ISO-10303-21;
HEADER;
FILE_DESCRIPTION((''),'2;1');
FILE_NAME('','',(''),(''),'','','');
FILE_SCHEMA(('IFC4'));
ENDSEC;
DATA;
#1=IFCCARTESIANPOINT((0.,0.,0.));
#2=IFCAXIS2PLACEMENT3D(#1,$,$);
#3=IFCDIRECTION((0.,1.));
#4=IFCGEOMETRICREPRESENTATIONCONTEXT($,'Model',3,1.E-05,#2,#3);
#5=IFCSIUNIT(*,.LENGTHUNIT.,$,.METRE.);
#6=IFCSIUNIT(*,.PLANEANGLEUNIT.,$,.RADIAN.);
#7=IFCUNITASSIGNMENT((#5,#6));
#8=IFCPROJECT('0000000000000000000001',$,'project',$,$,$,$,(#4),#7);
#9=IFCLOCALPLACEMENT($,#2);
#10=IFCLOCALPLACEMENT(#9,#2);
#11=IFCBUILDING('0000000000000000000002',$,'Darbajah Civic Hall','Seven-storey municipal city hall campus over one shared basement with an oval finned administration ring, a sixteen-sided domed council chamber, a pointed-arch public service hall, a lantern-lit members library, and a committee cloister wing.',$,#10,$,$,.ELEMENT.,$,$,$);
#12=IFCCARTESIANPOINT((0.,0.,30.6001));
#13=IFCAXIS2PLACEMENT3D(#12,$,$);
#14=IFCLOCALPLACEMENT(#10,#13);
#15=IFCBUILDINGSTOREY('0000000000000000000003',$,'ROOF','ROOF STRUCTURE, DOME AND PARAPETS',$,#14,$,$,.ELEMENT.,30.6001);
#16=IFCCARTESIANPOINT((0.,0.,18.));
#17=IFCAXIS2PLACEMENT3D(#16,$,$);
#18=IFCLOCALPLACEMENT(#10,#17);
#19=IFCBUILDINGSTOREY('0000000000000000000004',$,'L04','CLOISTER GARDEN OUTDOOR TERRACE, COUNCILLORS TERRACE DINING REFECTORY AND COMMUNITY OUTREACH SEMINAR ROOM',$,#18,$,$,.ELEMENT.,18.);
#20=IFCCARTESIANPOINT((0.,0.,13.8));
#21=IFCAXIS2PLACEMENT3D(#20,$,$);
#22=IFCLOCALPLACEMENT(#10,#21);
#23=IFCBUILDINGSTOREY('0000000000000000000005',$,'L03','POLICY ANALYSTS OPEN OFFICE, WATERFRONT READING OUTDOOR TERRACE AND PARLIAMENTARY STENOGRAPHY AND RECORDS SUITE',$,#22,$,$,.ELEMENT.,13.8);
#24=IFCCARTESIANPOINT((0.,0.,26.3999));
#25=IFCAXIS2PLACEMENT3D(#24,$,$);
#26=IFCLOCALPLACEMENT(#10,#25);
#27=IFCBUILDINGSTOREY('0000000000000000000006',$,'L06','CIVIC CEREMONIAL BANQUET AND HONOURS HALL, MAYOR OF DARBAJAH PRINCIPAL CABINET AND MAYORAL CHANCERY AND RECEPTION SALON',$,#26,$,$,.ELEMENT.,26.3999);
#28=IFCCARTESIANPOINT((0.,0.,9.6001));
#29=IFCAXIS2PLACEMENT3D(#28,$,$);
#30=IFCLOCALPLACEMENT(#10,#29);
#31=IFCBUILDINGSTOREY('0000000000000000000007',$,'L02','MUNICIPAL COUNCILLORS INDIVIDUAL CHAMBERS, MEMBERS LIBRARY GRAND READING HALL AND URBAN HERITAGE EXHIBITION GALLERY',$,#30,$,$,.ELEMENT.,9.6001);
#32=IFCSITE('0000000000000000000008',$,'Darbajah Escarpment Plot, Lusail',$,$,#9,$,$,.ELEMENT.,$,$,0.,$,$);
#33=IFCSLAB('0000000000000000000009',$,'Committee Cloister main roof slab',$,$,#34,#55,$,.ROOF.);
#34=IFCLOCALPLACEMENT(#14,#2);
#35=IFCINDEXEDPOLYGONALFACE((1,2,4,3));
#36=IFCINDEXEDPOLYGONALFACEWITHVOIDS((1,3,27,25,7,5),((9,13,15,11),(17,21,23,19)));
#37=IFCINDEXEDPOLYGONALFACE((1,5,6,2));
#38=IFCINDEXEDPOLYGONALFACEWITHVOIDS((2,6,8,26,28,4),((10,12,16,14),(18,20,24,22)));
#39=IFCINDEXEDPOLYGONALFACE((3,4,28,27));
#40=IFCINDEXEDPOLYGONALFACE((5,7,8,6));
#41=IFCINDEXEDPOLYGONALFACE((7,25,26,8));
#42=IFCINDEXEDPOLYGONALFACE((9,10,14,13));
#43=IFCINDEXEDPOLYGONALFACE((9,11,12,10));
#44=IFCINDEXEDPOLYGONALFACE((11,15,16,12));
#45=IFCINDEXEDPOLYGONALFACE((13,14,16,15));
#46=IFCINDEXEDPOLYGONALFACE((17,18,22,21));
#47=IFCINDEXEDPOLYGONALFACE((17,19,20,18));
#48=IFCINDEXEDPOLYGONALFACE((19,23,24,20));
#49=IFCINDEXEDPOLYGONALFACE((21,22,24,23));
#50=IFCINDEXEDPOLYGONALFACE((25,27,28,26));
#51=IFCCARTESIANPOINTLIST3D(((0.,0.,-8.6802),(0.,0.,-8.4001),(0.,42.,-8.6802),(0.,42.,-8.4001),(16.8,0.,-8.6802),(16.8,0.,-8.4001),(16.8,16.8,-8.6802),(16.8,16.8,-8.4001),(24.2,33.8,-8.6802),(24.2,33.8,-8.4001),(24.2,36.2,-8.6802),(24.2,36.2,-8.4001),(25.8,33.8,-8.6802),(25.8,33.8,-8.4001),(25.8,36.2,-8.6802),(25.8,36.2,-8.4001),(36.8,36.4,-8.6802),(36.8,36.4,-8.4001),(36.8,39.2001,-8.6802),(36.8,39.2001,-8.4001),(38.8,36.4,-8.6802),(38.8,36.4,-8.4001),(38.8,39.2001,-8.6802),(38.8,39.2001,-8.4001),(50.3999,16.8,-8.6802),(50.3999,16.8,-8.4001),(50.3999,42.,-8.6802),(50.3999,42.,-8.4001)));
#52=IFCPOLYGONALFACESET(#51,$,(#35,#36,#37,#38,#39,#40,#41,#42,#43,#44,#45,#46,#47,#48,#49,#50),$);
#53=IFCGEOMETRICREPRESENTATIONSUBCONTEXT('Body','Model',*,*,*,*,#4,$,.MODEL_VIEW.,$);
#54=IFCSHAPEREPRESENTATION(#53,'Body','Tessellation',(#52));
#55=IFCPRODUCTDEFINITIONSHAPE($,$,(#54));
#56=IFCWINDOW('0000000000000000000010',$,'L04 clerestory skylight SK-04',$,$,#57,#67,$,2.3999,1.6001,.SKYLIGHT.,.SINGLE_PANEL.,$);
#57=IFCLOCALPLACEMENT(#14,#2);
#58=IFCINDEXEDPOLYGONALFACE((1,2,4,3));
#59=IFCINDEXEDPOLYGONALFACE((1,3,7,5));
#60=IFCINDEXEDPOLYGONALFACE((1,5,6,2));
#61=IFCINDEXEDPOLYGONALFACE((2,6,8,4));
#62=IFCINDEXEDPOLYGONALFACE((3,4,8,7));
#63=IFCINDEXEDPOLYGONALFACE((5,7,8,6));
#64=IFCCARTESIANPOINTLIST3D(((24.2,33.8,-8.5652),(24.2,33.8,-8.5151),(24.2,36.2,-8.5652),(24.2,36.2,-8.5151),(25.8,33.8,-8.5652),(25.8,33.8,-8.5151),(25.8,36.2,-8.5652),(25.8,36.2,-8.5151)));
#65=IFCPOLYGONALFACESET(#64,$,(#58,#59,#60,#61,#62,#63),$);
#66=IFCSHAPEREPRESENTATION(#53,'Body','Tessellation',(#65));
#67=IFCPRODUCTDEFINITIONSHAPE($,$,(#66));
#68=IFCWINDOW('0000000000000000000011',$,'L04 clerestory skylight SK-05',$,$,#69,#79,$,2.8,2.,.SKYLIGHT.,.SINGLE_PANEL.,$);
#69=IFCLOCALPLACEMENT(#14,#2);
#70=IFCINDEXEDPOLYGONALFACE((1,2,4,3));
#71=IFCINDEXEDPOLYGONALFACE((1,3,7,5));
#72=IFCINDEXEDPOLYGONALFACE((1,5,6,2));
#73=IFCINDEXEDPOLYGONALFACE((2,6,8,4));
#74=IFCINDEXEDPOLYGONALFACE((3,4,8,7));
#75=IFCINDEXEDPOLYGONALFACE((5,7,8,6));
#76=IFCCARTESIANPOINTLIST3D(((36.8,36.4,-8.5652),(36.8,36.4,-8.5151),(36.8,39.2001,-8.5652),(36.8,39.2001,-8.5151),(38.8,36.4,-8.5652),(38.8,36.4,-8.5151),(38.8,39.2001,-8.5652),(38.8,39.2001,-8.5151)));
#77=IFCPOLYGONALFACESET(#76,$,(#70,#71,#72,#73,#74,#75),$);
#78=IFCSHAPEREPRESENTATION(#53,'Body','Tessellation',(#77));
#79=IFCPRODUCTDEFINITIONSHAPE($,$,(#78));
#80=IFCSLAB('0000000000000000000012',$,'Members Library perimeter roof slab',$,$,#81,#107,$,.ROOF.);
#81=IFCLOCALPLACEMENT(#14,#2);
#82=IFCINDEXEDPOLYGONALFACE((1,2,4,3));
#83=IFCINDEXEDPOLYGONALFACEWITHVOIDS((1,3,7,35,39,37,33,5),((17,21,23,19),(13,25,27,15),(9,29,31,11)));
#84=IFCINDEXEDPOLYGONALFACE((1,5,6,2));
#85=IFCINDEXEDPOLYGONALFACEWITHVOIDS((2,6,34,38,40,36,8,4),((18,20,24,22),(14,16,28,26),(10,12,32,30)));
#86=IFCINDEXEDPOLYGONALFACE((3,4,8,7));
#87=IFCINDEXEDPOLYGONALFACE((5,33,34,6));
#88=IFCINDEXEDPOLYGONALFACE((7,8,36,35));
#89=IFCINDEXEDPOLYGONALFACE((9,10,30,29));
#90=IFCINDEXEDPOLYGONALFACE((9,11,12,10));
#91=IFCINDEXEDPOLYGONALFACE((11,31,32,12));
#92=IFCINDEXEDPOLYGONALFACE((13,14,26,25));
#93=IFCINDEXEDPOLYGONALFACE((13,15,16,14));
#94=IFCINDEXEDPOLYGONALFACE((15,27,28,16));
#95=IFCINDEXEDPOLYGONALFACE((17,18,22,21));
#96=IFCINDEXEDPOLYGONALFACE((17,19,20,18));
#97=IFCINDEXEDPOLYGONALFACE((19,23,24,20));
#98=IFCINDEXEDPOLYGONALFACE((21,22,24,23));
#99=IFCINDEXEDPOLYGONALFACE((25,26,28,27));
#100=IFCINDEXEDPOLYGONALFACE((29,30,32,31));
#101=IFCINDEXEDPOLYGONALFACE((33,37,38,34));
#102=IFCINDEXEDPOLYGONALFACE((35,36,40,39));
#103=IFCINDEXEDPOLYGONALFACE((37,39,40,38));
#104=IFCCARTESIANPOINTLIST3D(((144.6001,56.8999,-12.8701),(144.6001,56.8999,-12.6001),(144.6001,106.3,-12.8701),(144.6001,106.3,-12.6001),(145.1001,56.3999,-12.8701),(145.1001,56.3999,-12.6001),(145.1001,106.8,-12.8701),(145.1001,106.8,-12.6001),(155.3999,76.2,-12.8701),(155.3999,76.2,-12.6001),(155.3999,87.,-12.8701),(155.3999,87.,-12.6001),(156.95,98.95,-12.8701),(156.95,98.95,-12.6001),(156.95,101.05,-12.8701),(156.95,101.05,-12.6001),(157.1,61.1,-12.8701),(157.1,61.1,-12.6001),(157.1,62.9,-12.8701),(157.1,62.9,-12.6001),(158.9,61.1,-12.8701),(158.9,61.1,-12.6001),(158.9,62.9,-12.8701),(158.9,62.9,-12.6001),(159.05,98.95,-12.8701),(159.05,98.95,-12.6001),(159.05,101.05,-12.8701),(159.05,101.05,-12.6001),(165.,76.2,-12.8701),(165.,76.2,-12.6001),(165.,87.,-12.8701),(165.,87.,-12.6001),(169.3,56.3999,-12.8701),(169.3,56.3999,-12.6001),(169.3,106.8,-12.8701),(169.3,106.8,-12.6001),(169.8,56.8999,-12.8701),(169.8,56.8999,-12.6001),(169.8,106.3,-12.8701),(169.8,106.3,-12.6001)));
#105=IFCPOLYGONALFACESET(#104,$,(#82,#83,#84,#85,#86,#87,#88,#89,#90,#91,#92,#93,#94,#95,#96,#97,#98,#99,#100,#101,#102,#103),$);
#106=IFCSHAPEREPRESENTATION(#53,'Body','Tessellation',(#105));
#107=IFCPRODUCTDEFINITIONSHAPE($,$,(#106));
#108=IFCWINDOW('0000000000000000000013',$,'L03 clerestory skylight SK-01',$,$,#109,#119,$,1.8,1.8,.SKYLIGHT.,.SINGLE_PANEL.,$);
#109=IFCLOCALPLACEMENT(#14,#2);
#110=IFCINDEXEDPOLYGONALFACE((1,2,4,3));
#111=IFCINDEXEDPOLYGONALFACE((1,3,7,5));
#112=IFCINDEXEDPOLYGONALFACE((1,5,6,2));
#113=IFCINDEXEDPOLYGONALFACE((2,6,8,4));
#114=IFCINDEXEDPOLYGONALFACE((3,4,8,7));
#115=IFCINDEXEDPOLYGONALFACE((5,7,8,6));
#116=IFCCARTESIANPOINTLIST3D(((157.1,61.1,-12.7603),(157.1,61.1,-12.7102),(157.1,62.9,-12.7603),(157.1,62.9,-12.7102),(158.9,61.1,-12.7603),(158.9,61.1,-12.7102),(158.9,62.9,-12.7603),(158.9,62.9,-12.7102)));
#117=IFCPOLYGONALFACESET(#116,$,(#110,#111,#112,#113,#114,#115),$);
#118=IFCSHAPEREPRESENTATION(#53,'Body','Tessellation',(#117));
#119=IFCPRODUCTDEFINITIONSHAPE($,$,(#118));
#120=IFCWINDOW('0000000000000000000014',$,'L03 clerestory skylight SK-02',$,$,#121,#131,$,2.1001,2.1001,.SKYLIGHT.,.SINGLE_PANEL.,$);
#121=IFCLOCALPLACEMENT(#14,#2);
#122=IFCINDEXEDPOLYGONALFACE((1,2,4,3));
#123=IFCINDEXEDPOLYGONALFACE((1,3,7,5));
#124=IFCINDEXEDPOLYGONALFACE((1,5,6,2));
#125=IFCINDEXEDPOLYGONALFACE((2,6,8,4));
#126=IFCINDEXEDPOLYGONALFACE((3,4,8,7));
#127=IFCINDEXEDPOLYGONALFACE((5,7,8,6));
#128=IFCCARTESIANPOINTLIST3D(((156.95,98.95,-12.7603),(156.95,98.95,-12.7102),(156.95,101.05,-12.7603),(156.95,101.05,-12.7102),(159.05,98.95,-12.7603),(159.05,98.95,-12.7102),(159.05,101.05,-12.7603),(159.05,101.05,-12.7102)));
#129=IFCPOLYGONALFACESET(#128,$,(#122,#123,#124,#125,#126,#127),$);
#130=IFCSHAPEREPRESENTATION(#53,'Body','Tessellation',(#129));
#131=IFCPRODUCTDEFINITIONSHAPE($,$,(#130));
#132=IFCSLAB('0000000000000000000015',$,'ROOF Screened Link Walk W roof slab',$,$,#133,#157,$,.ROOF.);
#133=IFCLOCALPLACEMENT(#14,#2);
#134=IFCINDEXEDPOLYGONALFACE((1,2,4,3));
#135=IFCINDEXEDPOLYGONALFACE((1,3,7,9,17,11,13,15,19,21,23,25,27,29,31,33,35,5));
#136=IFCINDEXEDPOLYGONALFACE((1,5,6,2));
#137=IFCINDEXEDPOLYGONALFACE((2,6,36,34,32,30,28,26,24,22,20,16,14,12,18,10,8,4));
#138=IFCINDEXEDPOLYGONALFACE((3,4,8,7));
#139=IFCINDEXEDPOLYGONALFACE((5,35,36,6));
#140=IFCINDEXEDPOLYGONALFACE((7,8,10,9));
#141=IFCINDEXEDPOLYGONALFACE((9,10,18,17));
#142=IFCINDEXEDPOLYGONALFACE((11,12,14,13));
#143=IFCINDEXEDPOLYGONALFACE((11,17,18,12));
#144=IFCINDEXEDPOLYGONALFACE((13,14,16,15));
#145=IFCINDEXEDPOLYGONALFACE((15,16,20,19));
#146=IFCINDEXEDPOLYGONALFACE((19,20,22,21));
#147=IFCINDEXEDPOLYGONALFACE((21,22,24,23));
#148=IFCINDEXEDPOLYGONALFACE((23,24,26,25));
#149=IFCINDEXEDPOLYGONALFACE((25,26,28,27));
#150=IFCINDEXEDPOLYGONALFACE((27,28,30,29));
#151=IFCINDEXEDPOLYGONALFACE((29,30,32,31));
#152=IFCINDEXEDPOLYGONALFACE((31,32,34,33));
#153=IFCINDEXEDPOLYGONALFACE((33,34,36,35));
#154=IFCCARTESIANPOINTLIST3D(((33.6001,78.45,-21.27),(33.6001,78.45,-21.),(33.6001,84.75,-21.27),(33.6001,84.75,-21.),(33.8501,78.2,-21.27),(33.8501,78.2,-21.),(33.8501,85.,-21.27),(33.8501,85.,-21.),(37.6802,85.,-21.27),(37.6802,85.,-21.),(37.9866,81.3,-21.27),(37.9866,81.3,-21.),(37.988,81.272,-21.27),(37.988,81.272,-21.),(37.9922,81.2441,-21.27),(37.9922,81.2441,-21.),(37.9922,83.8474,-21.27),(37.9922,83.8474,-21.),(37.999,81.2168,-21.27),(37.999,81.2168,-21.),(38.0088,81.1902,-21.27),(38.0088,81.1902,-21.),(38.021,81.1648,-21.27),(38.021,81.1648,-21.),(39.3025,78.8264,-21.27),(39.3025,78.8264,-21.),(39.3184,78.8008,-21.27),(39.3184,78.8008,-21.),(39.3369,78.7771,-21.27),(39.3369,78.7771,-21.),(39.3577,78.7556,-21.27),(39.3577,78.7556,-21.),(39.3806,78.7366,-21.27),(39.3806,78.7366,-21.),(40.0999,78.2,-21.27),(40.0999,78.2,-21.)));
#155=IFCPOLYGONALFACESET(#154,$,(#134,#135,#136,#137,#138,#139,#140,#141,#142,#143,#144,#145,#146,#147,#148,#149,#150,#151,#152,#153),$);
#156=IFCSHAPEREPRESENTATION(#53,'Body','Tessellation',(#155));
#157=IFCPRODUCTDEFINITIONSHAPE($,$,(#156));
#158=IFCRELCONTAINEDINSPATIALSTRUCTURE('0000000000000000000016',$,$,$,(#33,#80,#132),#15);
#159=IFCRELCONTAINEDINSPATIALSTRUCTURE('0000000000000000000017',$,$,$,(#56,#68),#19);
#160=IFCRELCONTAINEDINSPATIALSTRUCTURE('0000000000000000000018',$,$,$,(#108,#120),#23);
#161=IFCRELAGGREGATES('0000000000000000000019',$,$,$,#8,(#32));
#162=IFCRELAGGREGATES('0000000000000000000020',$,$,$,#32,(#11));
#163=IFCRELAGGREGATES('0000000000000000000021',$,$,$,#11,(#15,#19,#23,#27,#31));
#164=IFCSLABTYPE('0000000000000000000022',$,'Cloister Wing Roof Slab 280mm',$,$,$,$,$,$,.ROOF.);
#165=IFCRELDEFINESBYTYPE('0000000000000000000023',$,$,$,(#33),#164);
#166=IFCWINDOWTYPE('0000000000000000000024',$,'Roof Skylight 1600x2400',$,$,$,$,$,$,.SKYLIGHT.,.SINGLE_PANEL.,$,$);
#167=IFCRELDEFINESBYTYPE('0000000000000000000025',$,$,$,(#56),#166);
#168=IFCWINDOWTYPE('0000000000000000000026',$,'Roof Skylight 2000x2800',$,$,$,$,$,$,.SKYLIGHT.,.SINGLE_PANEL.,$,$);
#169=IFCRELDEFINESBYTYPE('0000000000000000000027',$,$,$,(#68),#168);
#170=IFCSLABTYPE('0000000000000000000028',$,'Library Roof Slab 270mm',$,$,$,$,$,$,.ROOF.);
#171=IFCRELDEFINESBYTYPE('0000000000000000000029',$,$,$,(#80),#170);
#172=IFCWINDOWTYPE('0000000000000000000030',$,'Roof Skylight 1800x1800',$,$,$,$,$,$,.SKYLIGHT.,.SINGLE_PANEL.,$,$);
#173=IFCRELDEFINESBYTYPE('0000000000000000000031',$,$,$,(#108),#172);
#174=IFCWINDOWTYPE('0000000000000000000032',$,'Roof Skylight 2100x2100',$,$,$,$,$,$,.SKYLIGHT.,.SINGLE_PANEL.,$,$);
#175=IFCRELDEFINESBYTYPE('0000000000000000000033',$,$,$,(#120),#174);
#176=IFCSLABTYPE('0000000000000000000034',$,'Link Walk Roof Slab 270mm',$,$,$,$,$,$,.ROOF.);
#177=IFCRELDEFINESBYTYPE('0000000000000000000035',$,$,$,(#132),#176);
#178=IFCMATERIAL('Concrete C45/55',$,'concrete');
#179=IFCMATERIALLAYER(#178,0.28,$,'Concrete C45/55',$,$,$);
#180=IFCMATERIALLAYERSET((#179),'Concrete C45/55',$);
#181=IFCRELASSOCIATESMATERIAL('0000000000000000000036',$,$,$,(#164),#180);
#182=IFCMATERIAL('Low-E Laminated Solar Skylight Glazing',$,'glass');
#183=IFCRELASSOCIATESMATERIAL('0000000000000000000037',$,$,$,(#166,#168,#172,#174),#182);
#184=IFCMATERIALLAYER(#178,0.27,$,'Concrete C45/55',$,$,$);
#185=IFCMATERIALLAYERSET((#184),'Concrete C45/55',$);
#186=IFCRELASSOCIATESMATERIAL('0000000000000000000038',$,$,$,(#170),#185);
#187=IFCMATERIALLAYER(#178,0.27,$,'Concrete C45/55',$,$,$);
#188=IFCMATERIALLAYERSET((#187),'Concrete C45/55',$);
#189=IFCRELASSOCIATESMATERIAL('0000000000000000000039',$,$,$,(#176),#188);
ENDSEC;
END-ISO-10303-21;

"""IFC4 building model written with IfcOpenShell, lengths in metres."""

from ifc_helpers import new_model, si_unit, direction, frame, origin, origin_2d, place, context, subcontext, project, spatial, polyline, rectangle, outline, extrude, material, layer, layer_set, type_object, element, fill, save


model = new_model("IFC4")

# Units and contexts
model_context = context("Model", 3, precision=1e-05, world=origin(), true_north=direction((0.0, 1.0)))
body_context = subcontext(model_context, "Body", "Model", "MODEL_VIEW")
ifc_project = project(units=[si_unit("LENGTHUNIT", "METRE"), si_unit("PLANEANGLEUNIT", "RADIAN")], contexts=[model_context])

# Site, building, storey
site_placement = place(None, origin())
site = spatial("IfcSite", under=ifc_project, at=site_placement, Name="Darbajah Escarpment Plot, Lusail", CompositionType="ELEMENT", RefElevation=0.0)
building_placement = place(site_placement, origin())
building = spatial("IfcBuilding", under=site, at=building_placement, Name="Darbajah Civic Hall", Description="Seven-storey municipal city hall campus over one shared basement with an oval finned administration ring, a sixteen-sided domed council chamber, a pointed-arch public service hall, a lantern-lit members library, and a committee cloister wing.", CompositionType="ELEMENT")
storey_1_placement = place(building_placement, frame((0.0, 0.0, 30.6001)))
storey_1 = spatial("IfcBuildingStorey", under=building, at=storey_1_placement, Name="ROOF", Description="ROOF STRUCTURE, DOME AND PARAPETS", CompositionType="ELEMENT", Elevation=30.6001)

# Slab, openings
ifc_material_1 = material(Name="Concrete C45/55", Category="concrete")
ifc_layer_1 = layer(ifc_material_1, 0.28, Name="Concrete C45/55")
ifc_layer_set_1 = layer_set([ifc_layer_1], Name="Concrete C45/55")
slab_type_1 = type_object("IfcSlabType", Name="Cloister Wing Roof Slab 280mm", PredefinedType="ROOF", material=ifc_layer_set_1)
slab_1_placement = place(storey_1_placement, frame((0.0, 0.0, -8.6802)))
slab_1 = element("IfcSlab", 1, at=slab_1_placement, inside=storey_1, type_object=slab_type_1, Name="Committee Cloister main roof slab", PredefinedType="ROOF", context=body_context, shape_type="SweptSolid", body=[
    extrude(outline(polyline([(0.0, 0.0), (16.8, 0.0), (16.8, 16.8), (50.3999, 16.8), (50.3999, 42.0), (0.0, 42.0), (0.0, 0.0)])), origin(), (0.0, 0.0, 1.0), 0.28),
])
opening_1_placement = place(slab_1_placement, frame((25.0, 35.0, 0.0)))
opening_1 = element("IfcOpeningElement", 2, at=opening_1_placement, cuts=slab_1, PredefinedType="OPENING", context=body_context, shape_type="SweptSolid", body=[
    extrude(rectangle(XDim=1.6001, YDim=2.3999, at=origin_2d()), frame((0.0, 0.0, -0.01)), (0.0, 0.0, 1.0), 0.3),
])
opening_2_placement = place(slab_1_placement, frame((37.8, 37.8, 0.0)))
opening_2 = element("IfcOpeningElement", 3, at=opening_2_placement, cuts=slab_1, PredefinedType="OPENING", context=body_context, shape_type="SweptSolid", body=[
    extrude(rectangle(XDim=2.0, YDim=2.8, at=origin_2d()), frame((0.0, 0.0, -0.01)), (0.0, 0.0, 1.0), 0.3),
])

# Shared definitions
storey_2_placement = place(building_placement, frame((0.0, 0.0, 18.0)))
storey_2 = spatial("IfcBuildingStorey", under=building, at=storey_2_placement, Name="L04", Description="CLOISTER GARDEN OUTDOOR TERRACE, COUNCILLORS TERRACE DINING REFECTORY AND COMMUNITY OUTREACH SEMINAR ROOM", CompositionType="ELEMENT", Elevation=18.0)

# Windows
ifc_material_2 = material(Name="Low-E Laminated Solar Skylight Glazing", Category="glass")
window_type_1 = type_object("IfcWindowType", Name="Roof Skylight 1600x2400", PartitioningType="SINGLE_PANEL", PredefinedType="SKYLIGHT", material=ifc_material_2)
window_1_placement = place(opening_1_placement, frame((0.0, 0.0, 0.115)))
window_1 = element("IfcWindow", 4, at=window_1_placement, inside=storey_2, type_object=window_type_1, Name="L04 clerestory skylight SK-04", OverallHeight=2.3999, OverallWidth=1.6001, PartitioningType="SINGLE_PANEL", PredefinedType="SKYLIGHT", context=body_context, shape_type="SweptSolid", body=[
    extrude(rectangle(XDim=1.6001, YDim=2.3999, at=origin_2d()), origin(), (0.0, 0.0, 1.0), 0.05),
])
fill(opening_1, window_1)
window_type_2 = type_object("IfcWindowType", Name="Roof Skylight 2000x2800", PartitioningType="SINGLE_PANEL", PredefinedType="SKYLIGHT", material=ifc_material_2)
window_2_placement = place(opening_2_placement, frame((0.0, 0.0, 0.115)))
window_2 = element("IfcWindow", 5, at=window_2_placement, inside=storey_2, type_object=window_type_2, Name="L04 clerestory skylight SK-05", OverallHeight=2.8, OverallWidth=2.0, PartitioningType="SINGLE_PANEL", PredefinedType="SKYLIGHT", context=body_context, shape_type="SweptSolid", body=[
    extrude(rectangle(XDim=2.0, YDim=2.8, at=origin_2d()), origin(), (0.0, 0.0, 1.0), 0.05),
])
fill(opening_2, window_2)

# Slab, openings
ifc_layer_2 = layer(ifc_material_1, 0.27, Name="Concrete C45/55")
ifc_layer_set_2 = layer_set([ifc_layer_2], Name="Concrete C45/55")
slab_type_2 = type_object("IfcSlabType", Name="Library Roof Slab 270mm", PredefinedType="ROOF", material=ifc_layer_set_2)
slab_2_placement = place(storey_1_placement, frame((0.0, 0.0, -12.8701)))
slab_2 = element("IfcSlab", 6, at=slab_2_placement, inside=storey_1, type_object=slab_type_2, Name="Members Library perimeter roof slab", PredefinedType="ROOF", context=body_context, shape_type="SweptSolid", body=[
    extrude(outline(polyline([(145.1001, 56.3999), (169.3, 56.3999), (169.8, 56.8999), (169.8, 106.3), (169.3, 106.8), (145.1001, 106.8), (144.6001, 106.3), (144.6001, 56.8999), (145.1001, 56.3999)]), holes=[polyline([(155.3999, 87.0), (165.0, 87.0), (165.0, 76.2), (155.3999, 76.2), (155.3999, 87.0)])]), origin(), (0.0, 0.0, 1.0), 0.27),
])
opening_3_placement = place(slab_2_placement, frame((158.0, 62.0, 0.0)))
opening_3 = element("IfcOpeningElement", 7, at=opening_3_placement, cuts=slab_2, PredefinedType="OPENING", context=body_context, shape_type="SweptSolid", body=[
    extrude(rectangle(XDim=1.8, YDim=1.8, at=origin_2d()), frame((0.0, 0.0, -0.01)), (0.0, 0.0, 1.0), 0.29),
])
opening_4_placement = place(slab_2_placement, frame((158.0, 100.0, 0.0)))
opening_4 = element("IfcOpeningElement", 8, at=opening_4_placement, cuts=slab_2, PredefinedType="OPENING", context=body_context, shape_type="SweptSolid", body=[
    extrude(rectangle(XDim=2.1001, YDim=2.1001, at=origin_2d()), frame((0.0, 0.0, -0.01)), (0.0, 0.0, 1.0), 0.29),
])

# Shared definitions
storey_3_placement = place(building_placement, frame((0.0, 0.0, 13.8)))
storey_3 = spatial("IfcBuildingStorey", under=building, at=storey_3_placement, Name="L03", Description="POLICY ANALYSTS OPEN OFFICE, WATERFRONT READING OUTDOOR TERRACE AND PARLIAMENTARY STENOGRAPHY AND RECORDS SUITE", CompositionType="ELEMENT", Elevation=13.8)

# Windows
window_type_3 = type_object("IfcWindowType", Name="Roof Skylight 1800x1800", PartitioningType="SINGLE_PANEL", PredefinedType="SKYLIGHT", material=ifc_material_2)
window_3_placement = place(opening_3_placement, frame((0.0, 0.0, 0.1099)))
window_3 = element("IfcWindow", 9, at=window_3_placement, inside=storey_3, type_object=window_type_3, Name="L03 clerestory skylight SK-01", OverallHeight=1.8, OverallWidth=1.8, PartitioningType="SINGLE_PANEL", PredefinedType="SKYLIGHT", context=body_context, shape_type="SweptSolid", body=[
    extrude(rectangle(XDim=1.8, YDim=1.8, at=origin_2d()), origin(), (0.0, 0.0, 1.0), 0.05),
])
fill(opening_3, window_3)
window_type_4 = type_object("IfcWindowType", Name="Roof Skylight 2100x2100", PartitioningType="SINGLE_PANEL", PredefinedType="SKYLIGHT", material=ifc_material_2)
window_4_placement = place(opening_4_placement, frame((0.0, 0.0, 0.1099)))
window_4 = element("IfcWindow", 10, at=window_4_placement, inside=storey_3, type_object=window_type_4, Name="L03 clerestory skylight SK-02", OverallHeight=2.1001, OverallWidth=2.1001, PartitioningType="SINGLE_PANEL", PredefinedType="SKYLIGHT", context=body_context, shape_type="SweptSolid", body=[
    extrude(rectangle(XDim=2.1001, YDim=2.1001, at=origin_2d()), origin(), (0.0, 0.0, 1.0), 0.05),
])
fill(opening_4, window_4)

# Slab
ifc_layer_3 = layer(ifc_material_1, 0.27, Name="Concrete C45/55")
ifc_layer_set_3 = layer_set([ifc_layer_3], Name="Concrete C45/55")
slab_type_3 = type_object("IfcSlabType", Name="Link Walk Roof Slab 270mm", PredefinedType="ROOF", material=ifc_layer_set_3)
slab_3_placement = place(storey_1_placement, frame((0.0, 0.0, -21.27)))
element("IfcSlab", 11, at=slab_3_placement, inside=storey_1, type_object=slab_type_3, Name="ROOF Screened Link Walk W roof slab", PredefinedType="ROOF", context=body_context, shape_type="SweptSolid", body=[
    extrude(outline(polyline([(33.8501, 78.2), (33.6001, 78.45), (33.6001, 84.75), (33.8501, 85.0), (37.6802, 85.0), (37.9922, 83.8474), (37.9866, 81.3), (37.988, 81.272), (37.9922, 81.2441), (37.999, 81.2168), (38.0088, 81.1902), (38.021, 81.1648), (39.3025, 78.8264), (39.3184, 78.8008), (39.3369, 78.7771), (39.3577, 78.7556), (39.3806, 78.7366), (40.0999, 78.2), (33.8501, 78.2)])), origin(), (0.0, 0.0, 1.0), 0.27),
])

# Shared definitions
storey_4_placement = place(building_placement, frame((0.0, 0.0, 26.3999)))
storey_4 = spatial("IfcBuildingStorey", under=building, at=storey_4_placement, Name="L06", Description="CIVIC CEREMONIAL BANQUET AND HONOURS HALL, MAYOR OF DARBAJAH PRINCIPAL CABINET AND MAYORAL CHANCERY AND RECEPTION SALON", CompositionType="ELEMENT", Elevation=26.3999)

# Shared definitions
storey_5_placement = place(building_placement, frame((0.0, 0.0, 9.6001)))
storey_5 = spatial("IfcBuildingStorey", under=building, at=storey_5_placement, Name="L02", Description="MUNICIPAL COUNCILLORS INDIVIDUAL CHAMBERS, MEMBERS LIBRARY GRAND READING HALL AND URBAN HERITAGE EXHIBITION GALLERY", CompositionType="ELEMENT", Elevation=9.6001)

save(model, "model.ifc")
